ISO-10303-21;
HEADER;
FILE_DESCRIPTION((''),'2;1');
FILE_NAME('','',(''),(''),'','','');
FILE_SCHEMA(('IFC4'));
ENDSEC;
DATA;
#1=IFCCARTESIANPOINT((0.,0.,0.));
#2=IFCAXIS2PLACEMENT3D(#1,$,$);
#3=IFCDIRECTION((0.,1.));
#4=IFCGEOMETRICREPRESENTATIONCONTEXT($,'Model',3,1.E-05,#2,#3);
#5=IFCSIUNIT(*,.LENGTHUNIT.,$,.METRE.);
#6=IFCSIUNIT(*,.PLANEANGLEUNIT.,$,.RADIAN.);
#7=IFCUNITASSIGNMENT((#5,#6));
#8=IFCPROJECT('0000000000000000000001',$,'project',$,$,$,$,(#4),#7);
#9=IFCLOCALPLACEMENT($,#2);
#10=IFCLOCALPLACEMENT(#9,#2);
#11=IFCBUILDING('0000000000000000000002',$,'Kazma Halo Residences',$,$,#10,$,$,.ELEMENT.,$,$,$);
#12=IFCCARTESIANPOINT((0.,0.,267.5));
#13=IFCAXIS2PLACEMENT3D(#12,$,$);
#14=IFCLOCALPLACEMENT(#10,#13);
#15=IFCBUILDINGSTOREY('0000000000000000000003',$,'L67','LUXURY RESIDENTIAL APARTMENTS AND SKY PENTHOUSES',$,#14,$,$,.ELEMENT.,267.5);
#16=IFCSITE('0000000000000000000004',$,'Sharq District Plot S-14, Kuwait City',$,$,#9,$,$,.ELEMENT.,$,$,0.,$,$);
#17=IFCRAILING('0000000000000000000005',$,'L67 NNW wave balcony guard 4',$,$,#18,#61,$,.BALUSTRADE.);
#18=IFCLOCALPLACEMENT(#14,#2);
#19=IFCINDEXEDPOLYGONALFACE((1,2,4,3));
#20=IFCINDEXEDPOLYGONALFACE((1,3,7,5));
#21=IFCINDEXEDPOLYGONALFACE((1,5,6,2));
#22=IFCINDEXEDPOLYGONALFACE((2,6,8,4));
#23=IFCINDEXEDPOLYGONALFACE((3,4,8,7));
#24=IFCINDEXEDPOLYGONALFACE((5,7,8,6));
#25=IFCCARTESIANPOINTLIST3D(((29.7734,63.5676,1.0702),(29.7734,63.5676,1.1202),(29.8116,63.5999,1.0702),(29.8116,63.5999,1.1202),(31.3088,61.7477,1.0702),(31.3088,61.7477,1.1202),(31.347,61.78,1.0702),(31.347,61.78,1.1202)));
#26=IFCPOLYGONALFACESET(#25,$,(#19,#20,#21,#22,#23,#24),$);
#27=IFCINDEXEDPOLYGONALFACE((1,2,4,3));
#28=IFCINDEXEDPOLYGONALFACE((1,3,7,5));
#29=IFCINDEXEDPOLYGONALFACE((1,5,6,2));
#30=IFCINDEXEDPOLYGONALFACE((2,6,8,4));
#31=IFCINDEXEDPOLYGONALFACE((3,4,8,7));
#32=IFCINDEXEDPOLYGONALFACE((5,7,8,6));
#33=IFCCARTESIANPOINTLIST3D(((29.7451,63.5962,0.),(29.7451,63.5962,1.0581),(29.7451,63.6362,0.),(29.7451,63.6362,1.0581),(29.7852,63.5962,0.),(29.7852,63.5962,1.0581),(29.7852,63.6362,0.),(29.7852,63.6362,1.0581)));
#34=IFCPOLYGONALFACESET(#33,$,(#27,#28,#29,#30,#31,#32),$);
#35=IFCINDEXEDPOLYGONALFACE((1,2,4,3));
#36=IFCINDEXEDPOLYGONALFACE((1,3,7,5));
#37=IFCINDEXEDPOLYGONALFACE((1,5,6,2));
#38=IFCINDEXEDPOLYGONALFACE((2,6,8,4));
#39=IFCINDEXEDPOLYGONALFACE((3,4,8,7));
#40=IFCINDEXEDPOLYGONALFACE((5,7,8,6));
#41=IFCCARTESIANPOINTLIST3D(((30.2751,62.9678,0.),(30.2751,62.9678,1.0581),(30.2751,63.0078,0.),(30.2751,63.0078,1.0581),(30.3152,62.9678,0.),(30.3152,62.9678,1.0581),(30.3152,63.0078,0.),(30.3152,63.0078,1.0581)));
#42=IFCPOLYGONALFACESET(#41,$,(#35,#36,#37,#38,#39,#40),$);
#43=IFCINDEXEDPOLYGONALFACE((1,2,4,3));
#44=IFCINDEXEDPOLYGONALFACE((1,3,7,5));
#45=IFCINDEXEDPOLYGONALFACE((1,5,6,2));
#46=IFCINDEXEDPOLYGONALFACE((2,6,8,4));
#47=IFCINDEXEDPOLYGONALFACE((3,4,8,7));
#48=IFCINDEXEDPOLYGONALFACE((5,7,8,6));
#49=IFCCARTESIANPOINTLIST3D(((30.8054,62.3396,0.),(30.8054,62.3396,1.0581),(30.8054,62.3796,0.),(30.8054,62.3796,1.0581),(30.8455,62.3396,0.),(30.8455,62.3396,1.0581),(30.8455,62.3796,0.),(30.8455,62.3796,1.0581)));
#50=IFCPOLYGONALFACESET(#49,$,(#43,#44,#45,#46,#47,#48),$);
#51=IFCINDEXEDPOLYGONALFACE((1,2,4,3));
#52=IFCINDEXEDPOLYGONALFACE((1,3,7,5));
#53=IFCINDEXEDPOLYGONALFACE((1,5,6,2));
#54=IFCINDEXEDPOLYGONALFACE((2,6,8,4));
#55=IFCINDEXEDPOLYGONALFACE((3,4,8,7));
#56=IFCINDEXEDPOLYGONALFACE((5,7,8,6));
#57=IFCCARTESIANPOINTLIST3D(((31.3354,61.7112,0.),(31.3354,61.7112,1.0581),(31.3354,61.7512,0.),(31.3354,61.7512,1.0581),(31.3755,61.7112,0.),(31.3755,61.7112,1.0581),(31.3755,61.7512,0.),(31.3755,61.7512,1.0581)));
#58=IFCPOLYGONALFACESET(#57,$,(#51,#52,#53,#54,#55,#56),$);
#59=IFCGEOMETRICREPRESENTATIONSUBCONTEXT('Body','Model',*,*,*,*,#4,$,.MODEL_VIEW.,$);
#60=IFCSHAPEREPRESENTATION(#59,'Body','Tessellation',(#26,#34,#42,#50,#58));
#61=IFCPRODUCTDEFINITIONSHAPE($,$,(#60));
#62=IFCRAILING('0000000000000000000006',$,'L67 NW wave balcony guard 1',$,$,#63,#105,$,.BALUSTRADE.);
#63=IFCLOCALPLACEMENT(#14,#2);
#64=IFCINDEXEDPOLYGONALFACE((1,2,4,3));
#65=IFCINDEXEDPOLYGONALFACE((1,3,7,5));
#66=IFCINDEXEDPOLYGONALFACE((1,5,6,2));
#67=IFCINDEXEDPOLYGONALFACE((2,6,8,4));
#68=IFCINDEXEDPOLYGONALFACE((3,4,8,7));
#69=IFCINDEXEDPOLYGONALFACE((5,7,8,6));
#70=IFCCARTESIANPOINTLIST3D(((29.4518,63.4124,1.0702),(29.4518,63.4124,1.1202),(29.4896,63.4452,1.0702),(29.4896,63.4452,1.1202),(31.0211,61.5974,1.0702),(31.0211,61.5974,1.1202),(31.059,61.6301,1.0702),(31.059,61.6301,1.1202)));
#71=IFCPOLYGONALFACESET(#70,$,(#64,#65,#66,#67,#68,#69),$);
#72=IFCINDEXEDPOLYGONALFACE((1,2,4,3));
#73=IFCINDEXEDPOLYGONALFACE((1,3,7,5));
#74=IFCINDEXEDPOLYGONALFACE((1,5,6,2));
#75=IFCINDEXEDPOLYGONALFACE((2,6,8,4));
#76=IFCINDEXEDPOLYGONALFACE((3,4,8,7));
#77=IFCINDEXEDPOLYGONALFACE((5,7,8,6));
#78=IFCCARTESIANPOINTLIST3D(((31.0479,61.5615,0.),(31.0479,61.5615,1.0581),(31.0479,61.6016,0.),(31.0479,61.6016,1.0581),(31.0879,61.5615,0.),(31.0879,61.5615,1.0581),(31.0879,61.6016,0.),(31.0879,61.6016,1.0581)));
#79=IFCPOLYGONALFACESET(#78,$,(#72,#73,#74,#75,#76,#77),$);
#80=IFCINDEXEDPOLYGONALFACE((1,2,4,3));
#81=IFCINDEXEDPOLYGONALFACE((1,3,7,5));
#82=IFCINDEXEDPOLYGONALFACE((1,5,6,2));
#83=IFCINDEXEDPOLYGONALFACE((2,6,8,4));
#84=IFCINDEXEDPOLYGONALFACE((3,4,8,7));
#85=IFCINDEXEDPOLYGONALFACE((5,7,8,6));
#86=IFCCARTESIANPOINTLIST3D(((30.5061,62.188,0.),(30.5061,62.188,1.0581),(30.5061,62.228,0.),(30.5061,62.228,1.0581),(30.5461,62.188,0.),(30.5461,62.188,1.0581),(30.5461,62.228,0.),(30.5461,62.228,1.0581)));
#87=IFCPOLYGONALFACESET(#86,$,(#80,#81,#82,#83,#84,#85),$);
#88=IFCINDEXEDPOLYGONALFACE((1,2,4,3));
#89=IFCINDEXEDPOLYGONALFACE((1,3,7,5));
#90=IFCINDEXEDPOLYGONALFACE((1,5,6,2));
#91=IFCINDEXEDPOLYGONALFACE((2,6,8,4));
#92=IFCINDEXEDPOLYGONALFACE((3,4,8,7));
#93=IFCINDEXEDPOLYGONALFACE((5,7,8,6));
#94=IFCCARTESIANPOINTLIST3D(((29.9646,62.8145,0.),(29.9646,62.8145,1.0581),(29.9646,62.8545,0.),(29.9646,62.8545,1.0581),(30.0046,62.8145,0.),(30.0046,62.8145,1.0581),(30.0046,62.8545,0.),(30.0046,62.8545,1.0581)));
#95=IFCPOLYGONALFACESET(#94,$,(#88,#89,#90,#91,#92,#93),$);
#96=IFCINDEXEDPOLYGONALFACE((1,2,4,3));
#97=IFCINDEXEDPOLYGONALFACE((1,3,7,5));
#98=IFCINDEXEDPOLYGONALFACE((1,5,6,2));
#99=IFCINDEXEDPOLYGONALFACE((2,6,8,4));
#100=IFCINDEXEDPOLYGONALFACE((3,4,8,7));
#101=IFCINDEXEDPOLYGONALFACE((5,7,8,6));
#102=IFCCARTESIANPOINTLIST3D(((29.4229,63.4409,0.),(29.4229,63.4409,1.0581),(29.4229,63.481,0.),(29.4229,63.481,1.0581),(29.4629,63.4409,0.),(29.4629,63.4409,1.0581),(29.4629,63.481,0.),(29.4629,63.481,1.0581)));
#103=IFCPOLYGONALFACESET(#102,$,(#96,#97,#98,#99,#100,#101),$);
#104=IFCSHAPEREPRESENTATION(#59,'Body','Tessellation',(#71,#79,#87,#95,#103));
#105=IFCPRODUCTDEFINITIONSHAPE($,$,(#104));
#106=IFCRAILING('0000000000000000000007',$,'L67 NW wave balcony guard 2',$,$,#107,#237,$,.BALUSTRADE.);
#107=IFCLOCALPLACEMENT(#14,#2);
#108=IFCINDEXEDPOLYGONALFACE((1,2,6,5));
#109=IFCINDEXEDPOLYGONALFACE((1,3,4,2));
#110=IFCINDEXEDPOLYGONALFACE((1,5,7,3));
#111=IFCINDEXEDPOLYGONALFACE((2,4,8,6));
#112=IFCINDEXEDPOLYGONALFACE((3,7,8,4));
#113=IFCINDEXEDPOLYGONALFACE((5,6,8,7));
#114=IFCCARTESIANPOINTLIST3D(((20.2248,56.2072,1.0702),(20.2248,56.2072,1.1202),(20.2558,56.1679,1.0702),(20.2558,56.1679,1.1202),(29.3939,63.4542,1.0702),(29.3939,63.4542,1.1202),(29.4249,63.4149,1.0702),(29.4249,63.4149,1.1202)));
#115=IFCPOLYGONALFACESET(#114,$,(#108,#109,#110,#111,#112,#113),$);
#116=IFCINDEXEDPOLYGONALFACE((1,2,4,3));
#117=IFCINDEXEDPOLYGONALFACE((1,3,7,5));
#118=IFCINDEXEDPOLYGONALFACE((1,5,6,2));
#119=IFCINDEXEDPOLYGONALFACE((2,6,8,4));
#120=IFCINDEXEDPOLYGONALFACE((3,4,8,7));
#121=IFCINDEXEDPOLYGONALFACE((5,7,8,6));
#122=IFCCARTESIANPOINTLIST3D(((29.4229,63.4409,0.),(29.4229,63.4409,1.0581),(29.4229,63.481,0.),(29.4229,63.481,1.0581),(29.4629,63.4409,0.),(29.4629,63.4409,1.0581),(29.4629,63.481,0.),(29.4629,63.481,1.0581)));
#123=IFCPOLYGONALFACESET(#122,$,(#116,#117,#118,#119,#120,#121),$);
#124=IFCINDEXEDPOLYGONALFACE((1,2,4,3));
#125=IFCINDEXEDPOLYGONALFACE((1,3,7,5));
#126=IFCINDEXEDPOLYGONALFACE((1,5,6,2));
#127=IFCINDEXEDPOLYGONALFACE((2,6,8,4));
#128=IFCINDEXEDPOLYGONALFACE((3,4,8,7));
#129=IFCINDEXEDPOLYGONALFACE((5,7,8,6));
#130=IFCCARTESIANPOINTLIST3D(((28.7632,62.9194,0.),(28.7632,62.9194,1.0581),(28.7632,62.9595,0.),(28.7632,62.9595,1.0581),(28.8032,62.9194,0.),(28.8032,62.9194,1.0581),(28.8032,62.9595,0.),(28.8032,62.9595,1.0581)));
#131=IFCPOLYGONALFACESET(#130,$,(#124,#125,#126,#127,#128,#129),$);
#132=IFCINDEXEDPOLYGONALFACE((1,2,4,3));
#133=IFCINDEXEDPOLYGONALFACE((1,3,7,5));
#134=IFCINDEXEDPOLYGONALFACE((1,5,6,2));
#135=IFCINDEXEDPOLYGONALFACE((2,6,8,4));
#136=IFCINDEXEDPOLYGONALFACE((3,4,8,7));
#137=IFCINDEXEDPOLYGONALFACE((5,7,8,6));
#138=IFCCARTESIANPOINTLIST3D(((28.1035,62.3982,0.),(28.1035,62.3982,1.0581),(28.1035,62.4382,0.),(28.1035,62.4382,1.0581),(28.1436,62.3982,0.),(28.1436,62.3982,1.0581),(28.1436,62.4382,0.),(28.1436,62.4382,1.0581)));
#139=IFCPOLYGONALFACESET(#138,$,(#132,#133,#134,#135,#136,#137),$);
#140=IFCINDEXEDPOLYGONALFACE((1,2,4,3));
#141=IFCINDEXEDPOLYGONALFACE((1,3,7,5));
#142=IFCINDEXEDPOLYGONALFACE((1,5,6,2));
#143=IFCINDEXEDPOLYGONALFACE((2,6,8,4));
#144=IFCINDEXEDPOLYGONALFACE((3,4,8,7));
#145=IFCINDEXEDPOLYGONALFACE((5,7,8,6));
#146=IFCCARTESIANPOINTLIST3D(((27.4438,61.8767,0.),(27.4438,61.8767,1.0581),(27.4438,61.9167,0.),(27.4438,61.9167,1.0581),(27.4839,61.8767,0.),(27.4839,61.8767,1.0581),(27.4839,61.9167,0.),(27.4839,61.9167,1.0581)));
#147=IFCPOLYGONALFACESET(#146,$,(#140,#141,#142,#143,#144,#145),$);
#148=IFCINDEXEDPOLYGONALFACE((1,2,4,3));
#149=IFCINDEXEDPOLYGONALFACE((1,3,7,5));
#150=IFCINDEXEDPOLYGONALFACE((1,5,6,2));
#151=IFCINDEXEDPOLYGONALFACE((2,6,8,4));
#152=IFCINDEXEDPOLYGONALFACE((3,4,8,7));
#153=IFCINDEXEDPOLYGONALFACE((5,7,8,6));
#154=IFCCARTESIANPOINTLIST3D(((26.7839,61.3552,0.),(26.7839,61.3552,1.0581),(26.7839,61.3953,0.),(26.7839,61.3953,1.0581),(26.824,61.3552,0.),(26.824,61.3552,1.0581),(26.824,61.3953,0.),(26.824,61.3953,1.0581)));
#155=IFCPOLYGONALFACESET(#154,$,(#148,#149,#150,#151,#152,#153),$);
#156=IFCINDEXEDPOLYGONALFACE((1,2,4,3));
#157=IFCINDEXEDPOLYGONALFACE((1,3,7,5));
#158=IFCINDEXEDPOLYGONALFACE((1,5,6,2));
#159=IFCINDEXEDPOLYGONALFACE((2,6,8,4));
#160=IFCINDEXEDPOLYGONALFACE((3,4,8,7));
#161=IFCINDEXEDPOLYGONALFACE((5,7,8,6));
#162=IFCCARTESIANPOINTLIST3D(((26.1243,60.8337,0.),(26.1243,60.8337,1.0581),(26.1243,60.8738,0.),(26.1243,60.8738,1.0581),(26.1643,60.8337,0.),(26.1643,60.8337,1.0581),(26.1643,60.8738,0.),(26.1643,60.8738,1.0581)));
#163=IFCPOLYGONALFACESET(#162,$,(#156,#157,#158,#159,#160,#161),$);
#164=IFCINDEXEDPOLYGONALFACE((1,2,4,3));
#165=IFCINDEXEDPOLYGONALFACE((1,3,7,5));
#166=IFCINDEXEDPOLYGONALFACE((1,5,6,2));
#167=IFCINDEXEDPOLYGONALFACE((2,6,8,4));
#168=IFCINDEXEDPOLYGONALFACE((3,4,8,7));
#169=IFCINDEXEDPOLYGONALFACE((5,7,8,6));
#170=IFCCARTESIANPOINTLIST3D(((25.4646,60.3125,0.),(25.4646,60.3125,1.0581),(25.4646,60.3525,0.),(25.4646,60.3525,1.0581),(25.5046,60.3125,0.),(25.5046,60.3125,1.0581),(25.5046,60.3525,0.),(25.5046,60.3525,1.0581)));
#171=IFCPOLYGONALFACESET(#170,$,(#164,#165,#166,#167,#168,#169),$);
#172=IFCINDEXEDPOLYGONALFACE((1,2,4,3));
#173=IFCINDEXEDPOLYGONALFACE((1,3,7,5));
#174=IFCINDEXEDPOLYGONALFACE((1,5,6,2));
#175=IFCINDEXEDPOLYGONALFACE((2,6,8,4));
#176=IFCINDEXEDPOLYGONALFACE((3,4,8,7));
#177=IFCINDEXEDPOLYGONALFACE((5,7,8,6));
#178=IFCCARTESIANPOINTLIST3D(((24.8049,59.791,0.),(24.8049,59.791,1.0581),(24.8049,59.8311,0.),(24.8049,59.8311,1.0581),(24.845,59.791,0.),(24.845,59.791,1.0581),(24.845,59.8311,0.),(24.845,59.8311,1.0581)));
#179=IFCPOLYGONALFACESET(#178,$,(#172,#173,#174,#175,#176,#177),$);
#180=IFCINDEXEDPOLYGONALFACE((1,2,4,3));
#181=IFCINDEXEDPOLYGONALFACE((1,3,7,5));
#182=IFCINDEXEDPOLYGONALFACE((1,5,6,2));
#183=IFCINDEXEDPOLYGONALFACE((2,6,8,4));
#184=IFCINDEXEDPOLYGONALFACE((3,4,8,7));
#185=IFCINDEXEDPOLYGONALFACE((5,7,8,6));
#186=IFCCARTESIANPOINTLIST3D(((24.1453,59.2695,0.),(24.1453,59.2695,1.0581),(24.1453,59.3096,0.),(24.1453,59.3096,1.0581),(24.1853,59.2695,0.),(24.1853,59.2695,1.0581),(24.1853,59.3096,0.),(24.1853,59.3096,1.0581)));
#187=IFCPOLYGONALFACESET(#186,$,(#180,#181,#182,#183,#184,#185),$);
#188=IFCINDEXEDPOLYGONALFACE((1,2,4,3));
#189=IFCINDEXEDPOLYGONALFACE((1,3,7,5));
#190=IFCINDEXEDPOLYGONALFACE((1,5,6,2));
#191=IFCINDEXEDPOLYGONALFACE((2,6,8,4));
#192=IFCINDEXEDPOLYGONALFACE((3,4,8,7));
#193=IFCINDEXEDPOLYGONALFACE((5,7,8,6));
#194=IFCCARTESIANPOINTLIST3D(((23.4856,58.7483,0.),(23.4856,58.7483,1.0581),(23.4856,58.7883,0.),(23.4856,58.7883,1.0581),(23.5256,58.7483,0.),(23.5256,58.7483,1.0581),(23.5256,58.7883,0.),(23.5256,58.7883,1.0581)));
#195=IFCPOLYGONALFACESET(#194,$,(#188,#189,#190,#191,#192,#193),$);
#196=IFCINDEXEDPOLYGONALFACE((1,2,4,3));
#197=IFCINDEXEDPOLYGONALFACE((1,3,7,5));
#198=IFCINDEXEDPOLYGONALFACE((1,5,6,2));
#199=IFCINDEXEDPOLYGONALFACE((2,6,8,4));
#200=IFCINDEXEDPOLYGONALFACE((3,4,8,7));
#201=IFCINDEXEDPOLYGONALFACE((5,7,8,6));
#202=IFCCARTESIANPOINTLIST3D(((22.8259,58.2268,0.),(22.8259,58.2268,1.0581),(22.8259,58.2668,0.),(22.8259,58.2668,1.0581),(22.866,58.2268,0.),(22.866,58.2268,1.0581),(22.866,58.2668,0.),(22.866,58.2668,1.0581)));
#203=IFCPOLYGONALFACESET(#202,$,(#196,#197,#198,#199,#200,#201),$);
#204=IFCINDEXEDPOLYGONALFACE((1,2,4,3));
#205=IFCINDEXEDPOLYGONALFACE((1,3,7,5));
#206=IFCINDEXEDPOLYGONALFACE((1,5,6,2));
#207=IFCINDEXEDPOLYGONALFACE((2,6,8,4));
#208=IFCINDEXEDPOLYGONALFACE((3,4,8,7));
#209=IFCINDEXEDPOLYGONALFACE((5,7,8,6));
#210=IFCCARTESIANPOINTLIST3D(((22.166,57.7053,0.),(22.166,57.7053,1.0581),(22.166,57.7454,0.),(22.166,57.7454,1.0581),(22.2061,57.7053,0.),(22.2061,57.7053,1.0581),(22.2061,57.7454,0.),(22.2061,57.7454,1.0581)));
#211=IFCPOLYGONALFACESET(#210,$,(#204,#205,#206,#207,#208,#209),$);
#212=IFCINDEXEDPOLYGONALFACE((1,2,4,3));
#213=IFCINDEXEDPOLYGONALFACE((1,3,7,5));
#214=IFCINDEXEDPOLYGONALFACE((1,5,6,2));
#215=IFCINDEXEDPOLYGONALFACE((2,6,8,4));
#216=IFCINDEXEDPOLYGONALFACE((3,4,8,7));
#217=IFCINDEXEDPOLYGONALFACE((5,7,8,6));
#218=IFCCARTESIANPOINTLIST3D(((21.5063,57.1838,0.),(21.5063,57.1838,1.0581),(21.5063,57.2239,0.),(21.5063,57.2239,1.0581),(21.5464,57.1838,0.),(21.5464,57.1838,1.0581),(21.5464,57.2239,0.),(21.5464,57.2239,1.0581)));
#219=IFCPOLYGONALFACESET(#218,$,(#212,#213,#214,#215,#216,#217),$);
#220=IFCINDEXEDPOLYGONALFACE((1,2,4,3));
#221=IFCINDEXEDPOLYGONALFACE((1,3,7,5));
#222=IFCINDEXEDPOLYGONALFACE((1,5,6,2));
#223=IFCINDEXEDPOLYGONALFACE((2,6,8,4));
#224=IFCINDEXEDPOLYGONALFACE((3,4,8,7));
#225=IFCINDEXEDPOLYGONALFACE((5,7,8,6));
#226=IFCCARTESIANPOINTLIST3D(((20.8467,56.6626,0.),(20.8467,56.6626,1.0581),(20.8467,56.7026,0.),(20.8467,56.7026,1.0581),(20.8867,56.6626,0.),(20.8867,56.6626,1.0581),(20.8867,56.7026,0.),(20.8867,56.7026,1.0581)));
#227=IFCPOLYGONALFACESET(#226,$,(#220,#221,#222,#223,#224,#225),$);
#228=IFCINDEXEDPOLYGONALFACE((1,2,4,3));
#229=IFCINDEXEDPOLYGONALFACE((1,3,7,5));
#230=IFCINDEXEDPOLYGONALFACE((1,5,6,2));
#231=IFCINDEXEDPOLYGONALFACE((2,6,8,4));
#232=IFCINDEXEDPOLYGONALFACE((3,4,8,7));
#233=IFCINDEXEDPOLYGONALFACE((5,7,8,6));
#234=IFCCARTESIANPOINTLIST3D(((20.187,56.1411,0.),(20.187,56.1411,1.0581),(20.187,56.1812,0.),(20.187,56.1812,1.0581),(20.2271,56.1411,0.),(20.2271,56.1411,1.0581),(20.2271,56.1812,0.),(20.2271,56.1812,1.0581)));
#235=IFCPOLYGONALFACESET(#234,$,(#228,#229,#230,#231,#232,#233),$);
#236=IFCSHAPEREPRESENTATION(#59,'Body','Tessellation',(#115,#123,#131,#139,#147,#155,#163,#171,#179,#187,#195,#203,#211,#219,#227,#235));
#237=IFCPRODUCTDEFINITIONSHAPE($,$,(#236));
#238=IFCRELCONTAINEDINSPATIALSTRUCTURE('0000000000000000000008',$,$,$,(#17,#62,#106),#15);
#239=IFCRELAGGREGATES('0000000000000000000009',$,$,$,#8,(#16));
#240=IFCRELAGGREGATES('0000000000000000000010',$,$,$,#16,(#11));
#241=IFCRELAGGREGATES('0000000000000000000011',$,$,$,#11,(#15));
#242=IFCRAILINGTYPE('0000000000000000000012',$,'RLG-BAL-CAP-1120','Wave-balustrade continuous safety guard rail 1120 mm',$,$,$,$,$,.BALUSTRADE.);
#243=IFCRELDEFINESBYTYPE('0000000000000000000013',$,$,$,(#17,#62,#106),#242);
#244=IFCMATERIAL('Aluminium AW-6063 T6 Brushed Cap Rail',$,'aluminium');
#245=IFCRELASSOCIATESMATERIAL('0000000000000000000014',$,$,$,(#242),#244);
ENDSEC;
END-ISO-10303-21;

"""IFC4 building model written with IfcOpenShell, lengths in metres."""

from ifc_helpers import new_model, si_unit, direction, frame, origin, origin_2d, place, context, subcontext, project, spatial, rectangle, extrude, material, type_object, element, save


model = new_model("IFC4")

# Units and contexts
model_context = context("Model", 3, precision=1e-05, world=origin(), true_north=direction((0.0, 1.0)))
body_context = subcontext(model_context, "Body", "Model", "MODEL_VIEW")
ifc_project = project(units=[si_unit("LENGTHUNIT", "METRE"), si_unit("PLANEANGLEUNIT", "RADIAN")], contexts=[model_context])

# Site, building, storey
site_placement = place(None, origin())
site = spatial("IfcSite", under=ifc_project, at=site_placement, Name="Sharq District Plot S-14, Kuwait City", CompositionType="ELEMENT", RefElevation=0.0)
building_placement = place(site_placement, origin())
building = spatial("IfcBuilding", under=site, at=building_placement, Name="Kazma Halo Residences", CompositionType="ELEMENT")
storey_placement = place(building_placement, frame((0.0, 0.0, 267.5)))
storey = spatial("IfcBuildingStorey", under=building, at=storey_placement, Name="L67", Description="LUXURY RESIDENTIAL APARTMENTS AND SKY PENTHOUSES", CompositionType="ELEMENT", Elevation=267.5)

# Railings
ifc_material_1 = material(Name="Aluminium AW-6063 T6 Brushed Cap Rail", Category="aluminium")
railing_type = type_object("IfcRailingType", Name="RLG-BAL-CAP-1120", Description="Wave-balustrade continuous safety guard rail 1120 mm", PredefinedType="BALUSTRADE", material=ifc_material_1)
railing_1_placement = place(storey_placement, frame((29.7651, 63.6162, 0.0)))
element("IfcRailing", 1, at=railing_1_placement, inside=storey, type_object=railing_type, Name="L67 NNW wave balcony guard 4", PredefinedType="BALUSTRADE", context=body_context, shape_type="SweptSolid", body=[
    extrude(rectangle(XDim=0.05, YDim=0.05, at=origin_2d()), frame((0.0273, -0.0325, 1.0952), z_axis=(0.644837, -0.76432, 0.0), x_axis=(0.76432, 0.644837, 0.0)), (0.0, 0.0, 1.0), 2.3811),
    extrude(rectangle(XDim=0.04, YDim=0.04, at=origin_2d()), origin(), (0.0, 0.0, 1.0), 1.0581),
    extrude(rectangle(XDim=0.04, YDim=0.04, at=origin_2d()), frame((0.53, -0.6284, 0.0)), (0.0, 0.0, 1.0), 1.0581),
    extrude(rectangle(XDim=0.04, YDim=0.04, at=origin_2d()), frame((1.0603, -1.2566, 0.0)), (0.0, 0.0, 1.0), 1.0581),
    extrude(rectangle(XDim=0.04, YDim=0.04, at=origin_2d()), frame((1.5903, -1.885, 0.0)), (0.0, 0.0, 1.0), 1.0581),
])
railing_2_placement = place(storey_placement, frame((31.0679, 61.5815, 0.0)))
element("IfcRailing", 2, at=railing_2_placement, inside=storey, type_object=railing_type, Name="L67 NW wave balcony guard 1", PredefinedType="BALUSTRADE", context=body_context, shape_type="SweptSolid", body=[
    extrude(rectangle(XDim=0.05, YDim=0.05, at=origin_2d()), frame((-0.0278, 0.0322, 1.0952), z_axis=(-0.654055, 0.756447, 0.0), x_axis=(-0.756447, -0.654055, 0.0)), (0.0, 0.0, 1.0), 2.3994),
    extrude(rectangle(XDim=0.04, YDim=0.04, at=origin_2d()), origin(), (0.0, 0.0, 1.0), 1.0581),
    extrude(rectangle(XDim=0.04, YDim=0.04, at=origin_2d()), frame((-0.5417, 0.6265, 0.0)), (0.0, 0.0, 1.0), 1.0581),
    extrude(rectangle(XDim=0.04, YDim=0.04, at=origin_2d()), frame((-1.0833, 1.2529, 0.0)), (0.0, 0.0, 1.0), 1.0581),
    extrude(rectangle(XDim=0.04, YDim=0.04, at=origin_2d()), frame((-1.625, 1.8794, 0.0)), (0.0, 0.0, 1.0), 1.0581),
])
railing_3_placement = place(storey_placement, frame((29.4429, 63.4609, 0.0)))
element("IfcRailing", 3, at=railing_3_placement, inside=storey, type_object=railing_type, Name="L67 NW wave balcony guard 2", PredefinedType="BALUSTRADE", context=body_context, shape_type="SweptSolid", body=[
    extrude(rectangle(XDim=0.05, YDim=0.05, at=origin_2d()), frame((-0.0334, -0.0264, 1.0952), z_axis=(-0.784538, -0.620081, 0.0), x_axis=(0.620081, -0.784538, 0.0)), (0.0, 0.0, 1.0), 11.6873),
    extrude(rectangle(XDim=0.04, YDim=0.04, at=origin_2d()), origin(), (0.0, 0.0, 1.0), 1.0581),
    extrude(rectangle(XDim=0.04, YDim=0.04, at=origin_2d()), frame((-0.6597, -0.5215, 0.0)), (0.0, 0.0, 1.0), 1.0581),
    extrude(rectangle(XDim=0.04, YDim=0.04, at=origin_2d()), frame((-1.3193, -1.0427, 0.0)), (0.0, 0.0, 1.0), 1.0581),
    extrude(rectangle(XDim=0.04, YDim=0.04, at=origin_2d()), frame((-1.979, -1.5642, 0.0)), (0.0, 0.0, 1.0), 1.0581),
    extrude(rectangle(XDim=0.04, YDim=0.04, at=origin_2d()), frame((-2.6389, -2.0857, 0.0)), (0.0, 0.0, 1.0), 1.0581),
    extrude(rectangle(XDim=0.04, YDim=0.04, at=origin_2d()), frame((-3.2986, -2.6072, 0.0)), (0.0, 0.0, 1.0), 1.0581),
    extrude(rectangle(XDim=0.04, YDim=0.04, at=origin_2d()), frame((-3.9583, -3.1284, 0.0)), (0.0, 0.0, 1.0), 1.0581),
    extrude(rectangle(XDim=0.04, YDim=0.04, at=origin_2d()), frame((-4.6179, -3.6499, 0.0)), (0.0, 0.0, 1.0), 1.0581),
    extrude(rectangle(XDim=0.04, YDim=0.04, at=origin_2d()), frame((-5.2776, -4.1714, 0.0)), (0.0, 0.0, 1.0), 1.0581),
    extrude(rectangle(XDim=0.04, YDim=0.04, at=origin_2d()), frame((-5.9373, -4.6926, 0.0)), (0.0, 0.0, 1.0), 1.0581),
    extrude(rectangle(XDim=0.04, YDim=0.04, at=origin_2d()), frame((-6.5969, -5.2141, 0.0)), (0.0, 0.0, 1.0), 1.0581),
    extrude(rectangle(XDim=0.04, YDim=0.04, at=origin_2d()), frame((-7.2568, -5.7356, 0.0)), (0.0, 0.0, 1.0), 1.0581),
    extrude(rectangle(XDim=0.04, YDim=0.04, at=origin_2d()), frame((-7.9165, -6.2571, 0.0)), (0.0, 0.0, 1.0), 1.0581),
    extrude(rectangle(XDim=0.04, YDim=0.04, at=origin_2d()), frame((-8.5762, -6.7783, 0.0)), (0.0, 0.0, 1.0), 1.0581),
    extrude(rectangle(XDim=0.04, YDim=0.04, at=origin_2d()), frame((-9.2358, -7.2998, 0.0)), (0.0, 0.0, 1.0), 1.0581),
])

save(model, "model.ifc")
